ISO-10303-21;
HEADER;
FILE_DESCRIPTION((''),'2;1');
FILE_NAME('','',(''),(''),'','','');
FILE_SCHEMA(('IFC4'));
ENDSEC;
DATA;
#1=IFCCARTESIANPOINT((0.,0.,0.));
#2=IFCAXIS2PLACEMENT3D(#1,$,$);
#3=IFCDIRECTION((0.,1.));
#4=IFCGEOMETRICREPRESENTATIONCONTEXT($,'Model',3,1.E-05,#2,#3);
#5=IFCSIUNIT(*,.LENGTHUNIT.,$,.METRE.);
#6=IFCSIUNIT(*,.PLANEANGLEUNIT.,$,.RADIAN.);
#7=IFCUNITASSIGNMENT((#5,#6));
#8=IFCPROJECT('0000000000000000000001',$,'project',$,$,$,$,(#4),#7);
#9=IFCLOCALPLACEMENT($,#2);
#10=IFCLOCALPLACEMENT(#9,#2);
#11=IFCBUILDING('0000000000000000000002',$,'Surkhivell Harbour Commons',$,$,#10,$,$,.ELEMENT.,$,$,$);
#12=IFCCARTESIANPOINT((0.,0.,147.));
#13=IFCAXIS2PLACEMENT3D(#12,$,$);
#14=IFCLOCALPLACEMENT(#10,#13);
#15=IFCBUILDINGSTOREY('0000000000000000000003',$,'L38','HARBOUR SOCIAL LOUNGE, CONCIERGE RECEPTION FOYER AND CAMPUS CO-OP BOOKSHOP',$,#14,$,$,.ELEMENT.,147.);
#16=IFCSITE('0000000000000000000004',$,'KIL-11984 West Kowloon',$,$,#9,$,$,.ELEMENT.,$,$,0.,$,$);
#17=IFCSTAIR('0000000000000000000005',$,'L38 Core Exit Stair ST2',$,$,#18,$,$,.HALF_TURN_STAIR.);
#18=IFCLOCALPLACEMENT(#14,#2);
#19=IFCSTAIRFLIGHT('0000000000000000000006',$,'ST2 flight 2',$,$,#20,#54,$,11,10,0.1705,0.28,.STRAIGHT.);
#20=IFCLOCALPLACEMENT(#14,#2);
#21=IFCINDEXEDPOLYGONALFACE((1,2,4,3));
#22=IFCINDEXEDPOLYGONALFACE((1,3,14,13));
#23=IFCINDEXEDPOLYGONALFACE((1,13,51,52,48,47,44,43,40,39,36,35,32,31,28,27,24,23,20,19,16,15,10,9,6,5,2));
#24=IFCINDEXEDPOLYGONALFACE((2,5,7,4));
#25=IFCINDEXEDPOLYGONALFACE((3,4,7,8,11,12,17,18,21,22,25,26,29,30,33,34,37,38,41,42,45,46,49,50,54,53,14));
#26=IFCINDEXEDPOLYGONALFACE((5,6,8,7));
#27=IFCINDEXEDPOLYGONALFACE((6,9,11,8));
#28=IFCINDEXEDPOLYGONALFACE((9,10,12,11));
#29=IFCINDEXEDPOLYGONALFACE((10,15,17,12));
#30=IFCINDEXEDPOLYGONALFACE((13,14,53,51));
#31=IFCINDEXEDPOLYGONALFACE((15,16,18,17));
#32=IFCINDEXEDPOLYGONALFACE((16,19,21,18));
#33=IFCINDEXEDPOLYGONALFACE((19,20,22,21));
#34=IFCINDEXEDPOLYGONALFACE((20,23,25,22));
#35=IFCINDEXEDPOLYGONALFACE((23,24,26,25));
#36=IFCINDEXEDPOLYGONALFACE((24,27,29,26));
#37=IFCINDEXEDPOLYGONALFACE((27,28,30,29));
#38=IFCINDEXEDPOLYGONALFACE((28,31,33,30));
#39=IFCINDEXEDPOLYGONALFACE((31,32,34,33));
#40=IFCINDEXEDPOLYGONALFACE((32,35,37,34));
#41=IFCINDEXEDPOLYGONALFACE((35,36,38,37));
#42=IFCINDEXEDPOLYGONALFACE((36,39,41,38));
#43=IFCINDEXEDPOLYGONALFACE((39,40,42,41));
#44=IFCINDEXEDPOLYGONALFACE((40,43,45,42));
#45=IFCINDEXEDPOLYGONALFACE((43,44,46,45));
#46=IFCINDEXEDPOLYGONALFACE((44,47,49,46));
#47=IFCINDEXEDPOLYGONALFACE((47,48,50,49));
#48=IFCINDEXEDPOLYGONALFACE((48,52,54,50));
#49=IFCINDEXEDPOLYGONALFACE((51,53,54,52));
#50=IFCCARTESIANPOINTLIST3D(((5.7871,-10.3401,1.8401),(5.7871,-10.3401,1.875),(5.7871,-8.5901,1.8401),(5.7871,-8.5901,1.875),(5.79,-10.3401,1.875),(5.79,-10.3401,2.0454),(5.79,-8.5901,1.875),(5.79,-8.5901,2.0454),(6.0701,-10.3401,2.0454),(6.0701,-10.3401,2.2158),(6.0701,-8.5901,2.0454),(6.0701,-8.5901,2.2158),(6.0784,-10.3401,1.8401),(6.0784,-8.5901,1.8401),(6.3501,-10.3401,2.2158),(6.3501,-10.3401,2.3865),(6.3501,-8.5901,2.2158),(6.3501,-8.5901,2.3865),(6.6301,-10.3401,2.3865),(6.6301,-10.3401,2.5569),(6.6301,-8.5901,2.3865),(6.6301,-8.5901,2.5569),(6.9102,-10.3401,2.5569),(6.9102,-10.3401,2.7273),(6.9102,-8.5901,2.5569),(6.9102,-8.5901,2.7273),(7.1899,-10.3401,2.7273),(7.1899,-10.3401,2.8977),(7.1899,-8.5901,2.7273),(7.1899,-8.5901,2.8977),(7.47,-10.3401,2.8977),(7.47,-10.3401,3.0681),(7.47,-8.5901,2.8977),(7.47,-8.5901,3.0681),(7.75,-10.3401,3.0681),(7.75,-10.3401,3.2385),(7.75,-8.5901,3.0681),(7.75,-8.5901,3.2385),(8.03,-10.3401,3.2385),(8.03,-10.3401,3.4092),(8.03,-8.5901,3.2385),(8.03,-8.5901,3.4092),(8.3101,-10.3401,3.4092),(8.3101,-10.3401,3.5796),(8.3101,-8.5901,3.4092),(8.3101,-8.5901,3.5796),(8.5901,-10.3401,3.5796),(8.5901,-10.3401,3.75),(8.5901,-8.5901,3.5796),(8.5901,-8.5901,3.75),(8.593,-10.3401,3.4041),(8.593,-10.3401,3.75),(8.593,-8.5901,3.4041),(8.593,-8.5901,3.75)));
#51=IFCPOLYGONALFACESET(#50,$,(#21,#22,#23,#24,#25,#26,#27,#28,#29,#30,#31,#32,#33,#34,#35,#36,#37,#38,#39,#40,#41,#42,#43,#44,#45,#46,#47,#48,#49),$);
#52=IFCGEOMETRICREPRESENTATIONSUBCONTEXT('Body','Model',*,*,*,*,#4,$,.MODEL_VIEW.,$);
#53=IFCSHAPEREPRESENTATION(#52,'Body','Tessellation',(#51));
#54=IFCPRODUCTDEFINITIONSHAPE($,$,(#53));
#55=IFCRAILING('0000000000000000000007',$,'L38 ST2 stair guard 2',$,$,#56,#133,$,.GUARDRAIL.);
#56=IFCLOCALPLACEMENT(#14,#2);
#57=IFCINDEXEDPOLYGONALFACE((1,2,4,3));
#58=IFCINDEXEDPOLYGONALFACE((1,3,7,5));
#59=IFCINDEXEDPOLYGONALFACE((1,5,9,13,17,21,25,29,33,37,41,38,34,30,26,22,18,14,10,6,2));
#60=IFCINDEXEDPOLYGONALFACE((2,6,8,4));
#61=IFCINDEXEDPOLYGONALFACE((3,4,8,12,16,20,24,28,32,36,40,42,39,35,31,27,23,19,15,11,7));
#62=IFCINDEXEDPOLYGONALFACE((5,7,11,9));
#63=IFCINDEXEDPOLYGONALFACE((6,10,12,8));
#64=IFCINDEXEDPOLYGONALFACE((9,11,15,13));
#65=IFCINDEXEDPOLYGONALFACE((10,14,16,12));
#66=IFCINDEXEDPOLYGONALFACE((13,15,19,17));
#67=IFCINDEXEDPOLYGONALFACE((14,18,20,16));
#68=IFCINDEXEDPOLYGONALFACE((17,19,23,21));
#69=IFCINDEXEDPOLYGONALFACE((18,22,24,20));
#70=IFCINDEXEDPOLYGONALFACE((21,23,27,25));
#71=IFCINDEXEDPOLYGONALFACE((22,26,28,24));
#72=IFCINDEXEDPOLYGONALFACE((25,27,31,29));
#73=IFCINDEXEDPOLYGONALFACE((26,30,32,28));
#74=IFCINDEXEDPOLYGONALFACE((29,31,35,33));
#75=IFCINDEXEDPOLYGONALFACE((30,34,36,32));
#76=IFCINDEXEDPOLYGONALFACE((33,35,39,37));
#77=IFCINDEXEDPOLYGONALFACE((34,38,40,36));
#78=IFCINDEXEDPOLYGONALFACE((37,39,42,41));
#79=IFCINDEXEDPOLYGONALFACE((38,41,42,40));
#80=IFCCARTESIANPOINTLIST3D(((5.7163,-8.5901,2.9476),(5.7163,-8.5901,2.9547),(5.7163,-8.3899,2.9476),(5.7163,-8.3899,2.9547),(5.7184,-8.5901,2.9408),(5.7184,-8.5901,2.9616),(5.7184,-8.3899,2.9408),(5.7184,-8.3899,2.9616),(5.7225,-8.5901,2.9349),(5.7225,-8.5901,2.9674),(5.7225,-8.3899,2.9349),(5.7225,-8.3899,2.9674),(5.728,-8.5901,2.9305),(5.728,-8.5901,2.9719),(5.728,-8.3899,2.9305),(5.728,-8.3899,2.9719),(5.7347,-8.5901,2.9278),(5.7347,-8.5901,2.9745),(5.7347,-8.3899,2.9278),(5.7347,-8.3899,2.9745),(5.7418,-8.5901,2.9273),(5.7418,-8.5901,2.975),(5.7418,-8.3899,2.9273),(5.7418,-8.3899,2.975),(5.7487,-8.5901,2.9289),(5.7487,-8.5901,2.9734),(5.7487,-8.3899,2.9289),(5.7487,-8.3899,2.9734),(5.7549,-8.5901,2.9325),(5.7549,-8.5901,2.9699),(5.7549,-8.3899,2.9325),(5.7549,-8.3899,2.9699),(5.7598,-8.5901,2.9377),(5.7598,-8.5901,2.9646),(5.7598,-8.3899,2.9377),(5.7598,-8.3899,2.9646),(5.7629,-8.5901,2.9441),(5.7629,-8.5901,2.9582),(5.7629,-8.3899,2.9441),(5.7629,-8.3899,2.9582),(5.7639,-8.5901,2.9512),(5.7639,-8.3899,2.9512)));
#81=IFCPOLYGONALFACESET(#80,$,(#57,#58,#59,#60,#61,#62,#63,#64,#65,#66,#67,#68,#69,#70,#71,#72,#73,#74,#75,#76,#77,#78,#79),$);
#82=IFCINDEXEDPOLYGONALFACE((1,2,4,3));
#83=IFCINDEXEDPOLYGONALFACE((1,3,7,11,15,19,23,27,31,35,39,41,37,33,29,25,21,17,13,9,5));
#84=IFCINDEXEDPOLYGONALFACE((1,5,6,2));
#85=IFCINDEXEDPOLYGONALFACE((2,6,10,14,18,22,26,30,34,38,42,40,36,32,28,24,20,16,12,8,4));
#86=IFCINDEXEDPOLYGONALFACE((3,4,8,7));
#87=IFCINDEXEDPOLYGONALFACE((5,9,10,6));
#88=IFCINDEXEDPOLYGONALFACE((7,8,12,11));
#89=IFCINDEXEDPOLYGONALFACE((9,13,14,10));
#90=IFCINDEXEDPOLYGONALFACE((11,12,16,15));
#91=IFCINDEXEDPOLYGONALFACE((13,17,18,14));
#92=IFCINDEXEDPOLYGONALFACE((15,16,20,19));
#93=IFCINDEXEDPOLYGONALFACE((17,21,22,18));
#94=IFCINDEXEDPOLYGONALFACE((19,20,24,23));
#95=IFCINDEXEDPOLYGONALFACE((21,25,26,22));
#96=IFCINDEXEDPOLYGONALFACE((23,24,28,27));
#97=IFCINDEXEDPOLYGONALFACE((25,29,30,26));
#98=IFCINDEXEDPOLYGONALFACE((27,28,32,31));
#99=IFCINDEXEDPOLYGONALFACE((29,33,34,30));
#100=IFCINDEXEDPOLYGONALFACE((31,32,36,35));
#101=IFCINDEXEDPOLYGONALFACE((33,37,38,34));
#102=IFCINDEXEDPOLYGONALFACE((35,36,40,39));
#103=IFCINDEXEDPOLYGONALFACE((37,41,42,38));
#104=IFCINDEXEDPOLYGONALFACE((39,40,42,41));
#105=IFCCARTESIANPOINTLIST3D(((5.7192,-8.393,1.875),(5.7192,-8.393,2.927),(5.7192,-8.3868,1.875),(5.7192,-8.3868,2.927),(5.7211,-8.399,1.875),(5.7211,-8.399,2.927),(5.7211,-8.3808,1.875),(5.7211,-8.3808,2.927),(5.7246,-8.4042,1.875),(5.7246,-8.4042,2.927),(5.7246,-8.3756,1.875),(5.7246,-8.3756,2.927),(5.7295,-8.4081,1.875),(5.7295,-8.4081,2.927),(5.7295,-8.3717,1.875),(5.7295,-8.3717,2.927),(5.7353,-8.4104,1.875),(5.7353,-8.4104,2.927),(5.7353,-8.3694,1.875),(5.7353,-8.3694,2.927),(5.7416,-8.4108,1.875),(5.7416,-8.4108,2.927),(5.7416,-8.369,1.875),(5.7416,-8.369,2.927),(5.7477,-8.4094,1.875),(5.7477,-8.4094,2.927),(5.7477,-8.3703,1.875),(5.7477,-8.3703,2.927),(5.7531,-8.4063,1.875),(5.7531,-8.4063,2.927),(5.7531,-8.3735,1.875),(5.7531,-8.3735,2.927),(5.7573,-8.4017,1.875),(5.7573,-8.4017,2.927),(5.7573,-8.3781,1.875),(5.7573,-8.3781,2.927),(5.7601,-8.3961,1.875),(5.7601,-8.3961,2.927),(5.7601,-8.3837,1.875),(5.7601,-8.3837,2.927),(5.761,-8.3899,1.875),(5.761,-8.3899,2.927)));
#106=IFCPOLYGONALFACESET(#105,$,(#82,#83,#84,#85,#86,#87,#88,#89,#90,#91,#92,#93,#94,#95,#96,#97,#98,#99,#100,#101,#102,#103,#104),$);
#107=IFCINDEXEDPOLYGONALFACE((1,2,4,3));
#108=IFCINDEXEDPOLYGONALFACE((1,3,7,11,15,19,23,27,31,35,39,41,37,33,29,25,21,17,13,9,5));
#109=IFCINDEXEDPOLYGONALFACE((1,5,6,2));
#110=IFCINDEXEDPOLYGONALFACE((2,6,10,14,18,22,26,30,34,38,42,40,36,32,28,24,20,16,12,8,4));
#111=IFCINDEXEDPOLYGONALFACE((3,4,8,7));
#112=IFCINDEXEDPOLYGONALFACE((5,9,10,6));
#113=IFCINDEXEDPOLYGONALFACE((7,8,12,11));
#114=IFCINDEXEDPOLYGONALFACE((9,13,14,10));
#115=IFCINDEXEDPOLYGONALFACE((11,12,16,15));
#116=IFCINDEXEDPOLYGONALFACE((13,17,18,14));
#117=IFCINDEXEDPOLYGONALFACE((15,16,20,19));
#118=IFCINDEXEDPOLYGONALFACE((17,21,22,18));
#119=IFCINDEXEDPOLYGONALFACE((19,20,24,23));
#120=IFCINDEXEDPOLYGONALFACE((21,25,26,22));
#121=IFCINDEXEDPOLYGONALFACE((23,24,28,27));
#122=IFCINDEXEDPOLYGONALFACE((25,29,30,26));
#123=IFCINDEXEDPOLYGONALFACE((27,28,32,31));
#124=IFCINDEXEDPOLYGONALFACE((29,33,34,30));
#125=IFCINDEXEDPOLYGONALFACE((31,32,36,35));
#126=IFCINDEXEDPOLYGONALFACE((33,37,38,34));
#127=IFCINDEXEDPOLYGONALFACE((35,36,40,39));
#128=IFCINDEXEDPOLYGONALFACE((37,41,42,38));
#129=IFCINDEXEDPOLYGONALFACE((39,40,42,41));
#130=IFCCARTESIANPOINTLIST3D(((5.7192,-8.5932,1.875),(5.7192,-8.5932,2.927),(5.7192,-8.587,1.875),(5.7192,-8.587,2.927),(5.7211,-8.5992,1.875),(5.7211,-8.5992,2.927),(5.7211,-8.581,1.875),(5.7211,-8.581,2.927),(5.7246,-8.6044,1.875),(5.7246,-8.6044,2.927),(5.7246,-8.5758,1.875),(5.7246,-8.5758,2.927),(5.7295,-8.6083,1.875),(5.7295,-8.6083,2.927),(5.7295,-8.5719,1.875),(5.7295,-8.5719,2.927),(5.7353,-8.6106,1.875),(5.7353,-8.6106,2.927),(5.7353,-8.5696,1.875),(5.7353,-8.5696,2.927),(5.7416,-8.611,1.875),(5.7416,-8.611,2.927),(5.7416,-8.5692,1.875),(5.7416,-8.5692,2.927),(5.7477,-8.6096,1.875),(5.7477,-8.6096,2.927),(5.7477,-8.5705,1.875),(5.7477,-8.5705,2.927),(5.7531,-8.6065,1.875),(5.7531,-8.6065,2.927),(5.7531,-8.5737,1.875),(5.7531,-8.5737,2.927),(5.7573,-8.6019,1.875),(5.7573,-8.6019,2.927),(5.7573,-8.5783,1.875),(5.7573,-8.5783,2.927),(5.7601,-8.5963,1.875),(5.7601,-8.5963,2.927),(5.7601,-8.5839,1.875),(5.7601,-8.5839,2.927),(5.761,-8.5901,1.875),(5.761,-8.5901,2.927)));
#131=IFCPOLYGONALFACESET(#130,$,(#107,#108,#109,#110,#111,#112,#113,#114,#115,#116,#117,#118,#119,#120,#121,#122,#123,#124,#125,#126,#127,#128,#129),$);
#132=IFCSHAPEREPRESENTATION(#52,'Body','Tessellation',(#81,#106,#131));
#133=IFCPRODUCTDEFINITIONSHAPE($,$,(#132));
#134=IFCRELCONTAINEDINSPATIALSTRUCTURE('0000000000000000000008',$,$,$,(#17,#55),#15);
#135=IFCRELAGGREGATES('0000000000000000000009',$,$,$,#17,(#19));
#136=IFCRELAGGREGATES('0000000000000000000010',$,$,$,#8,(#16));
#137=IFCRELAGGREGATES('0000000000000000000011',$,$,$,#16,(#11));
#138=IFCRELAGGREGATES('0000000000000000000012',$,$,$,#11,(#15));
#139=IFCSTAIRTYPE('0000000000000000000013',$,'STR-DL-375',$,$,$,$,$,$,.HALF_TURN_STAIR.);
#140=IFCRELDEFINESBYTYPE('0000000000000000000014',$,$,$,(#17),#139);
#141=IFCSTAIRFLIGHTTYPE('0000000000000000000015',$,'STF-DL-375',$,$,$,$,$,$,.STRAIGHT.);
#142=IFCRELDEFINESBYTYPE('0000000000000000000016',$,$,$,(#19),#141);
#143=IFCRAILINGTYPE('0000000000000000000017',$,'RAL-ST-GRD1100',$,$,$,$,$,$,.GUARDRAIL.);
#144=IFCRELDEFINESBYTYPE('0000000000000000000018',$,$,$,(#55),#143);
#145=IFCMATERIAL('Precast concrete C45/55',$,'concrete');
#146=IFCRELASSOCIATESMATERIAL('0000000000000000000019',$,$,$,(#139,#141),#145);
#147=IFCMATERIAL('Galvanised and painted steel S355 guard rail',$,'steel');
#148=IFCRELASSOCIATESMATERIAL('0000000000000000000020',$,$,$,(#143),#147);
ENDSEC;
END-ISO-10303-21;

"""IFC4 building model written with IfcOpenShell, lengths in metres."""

from ifc_helpers import new_model, si_unit, direction, frame, origin, origin_2d, place, context, subcontext, project, spatial, polyline, circle, outline, extrude, material, type_object, element, aggregate, save


model = new_model("IFC4")

# Units and contexts
model_context = context("Model", 3, precision=1e-05, world=origin(), true_north=direction((0.0, 1.0)))
body_context = subcontext(model_context, "Body", "Model", "MODEL_VIEW")
ifc_project = project(units=[si_unit("LENGTHUNIT", "METRE"), si_unit("PLANEANGLEUNIT", "RADIAN")], contexts=[model_context])

# Site, building, storey
site_placement = place(None, origin())
site = spatial("IfcSite", under=ifc_project, at=site_placement, Name="KIL-11984 West Kowloon", CompositionType="ELEMENT", RefElevation=0.0)
building_placement = place(site_placement, origin())
building = spatial("IfcBuilding", under=site, at=building_placement, Name="Surkhivell Harbour Commons", CompositionType="ELEMENT")
storey_placement = place(building_placement, frame((0.0, 0.0, 147.0)))
storey = spatial("IfcBuildingStorey", under=building, at=storey_placement, Name="L38", Description="HARBOUR SOCIAL LOUNGE, CONCIERGE RECEPTION FOYER AND CAMPUS CO-OP BOOKSHOP", CompositionType="ELEMENT", Elevation=147.0)

# Stair, stair flight
ifc_material_1 = material(Name="Precast concrete C45/55", Category="concrete")
stair_type = type_object("IfcStairType", Name="STR-DL-375", PredefinedType="HALF_TURN_STAIR", material=ifc_material_1)
stair_placement = place(storey_placement, origin())
stair = element("IfcStair", 1, at=stair_placement, inside=storey, type_object=stair_type, Name="L38 Core Exit Stair ST2", PredefinedType="HALF_TURN_STAIR")
stair_flight_type = type_object("IfcStairFlightType", Name="STF-DL-375", PredefinedType="STRAIGHT", material=ifc_material_1)
stair_flight_placement = place(storey_placement, frame((5.79, -9.4651, 1.875), z_axis=(0.0, 0.0, 1.0), x_axis=(1.0, 0.0, 0.0)))
stair_flight = element("IfcStairFlight", 2, at=stair_flight_placement, type_object=stair_flight_type, Name="ST2 flight 2", NumberOfRisers=11, NumberOfTreads=10, PredefinedType="STRAIGHT", RiserHeight=0.1705, TreadLength=0.28, context=body_context, shape_type="SweptSolid", body=[
    extrude(outline(polyline([(-0.0029, -0.0349), (-0.0029, 0.0), (0.0, 0.0), (0.0, 0.1704), (0.28, 0.1704), (0.28, 0.3408), (0.5601, 0.3408), (0.5601, 0.5115), (0.8401, 0.5115), (0.8401, 0.6819), (1.1201, 0.6819), (1.1201, 0.8523), (1.3999, 0.8523), (1.3999, 1.0227), (1.6799, 1.0227), (1.6799, 1.1931), (1.96, 1.1931), (1.96, 1.3635), (2.24, 1.3635), (2.24, 1.5342), (2.52, 1.5342), (2.52, 1.7046), (2.8, 1.7046), (2.8, 1.875), (2.803, 1.875), (2.803, 1.5291), (0.2883, -0.0349), (-0.0029, -0.0349)])), frame((0.0, 0.875, 0.0), z_axis=(0.0, -1.0, 0.0), x_axis=(1.0, 0.0, 0.0)), (0.0, 0.0, 1.0), 1.75),
])
aggregate(stair, [stair_flight])

# Railing
ifc_material_2 = material(Name="Galvanised and painted steel S355 guard rail", Category="steel")
railing_type_1 = type_object("IfcRailingType", Name="RAL-ST-GRD1100", PredefinedType="GUARDRAIL", material=ifc_material_2)
railing_1_placement = place(storey_placement, frame((5.74, -8.3899, 1.875)))
element("IfcRailing", 3, at=railing_1_placement, inside=storey, type_object=railing_type_1, Name="L38 ST2 stair guard 2", PredefinedType="GUARDRAIL", context=body_context, shape_type="SweptSolid", body=[
    extrude(circle(Radius=0.0239, at=origin_2d()), frame((0.0, 0.0, 1.0762), z_axis=(0.0, -1.0, 0.0), x_axis=(1.0, 0.0, 0.0)), (0.0, 0.0, 1.0), 0.2002),
    extrude(circle(Radius=0.021, at=origin_2d()), origin(), (0.0, 0.0, 1.0), 1.052),
    extrude(circle(Radius=0.021, at=origin_2d()), frame((0.0, -0.2002, 0.0)), (0.0, 0.0, 1.0), 1.052),
])

save(model, "model.ifc")
